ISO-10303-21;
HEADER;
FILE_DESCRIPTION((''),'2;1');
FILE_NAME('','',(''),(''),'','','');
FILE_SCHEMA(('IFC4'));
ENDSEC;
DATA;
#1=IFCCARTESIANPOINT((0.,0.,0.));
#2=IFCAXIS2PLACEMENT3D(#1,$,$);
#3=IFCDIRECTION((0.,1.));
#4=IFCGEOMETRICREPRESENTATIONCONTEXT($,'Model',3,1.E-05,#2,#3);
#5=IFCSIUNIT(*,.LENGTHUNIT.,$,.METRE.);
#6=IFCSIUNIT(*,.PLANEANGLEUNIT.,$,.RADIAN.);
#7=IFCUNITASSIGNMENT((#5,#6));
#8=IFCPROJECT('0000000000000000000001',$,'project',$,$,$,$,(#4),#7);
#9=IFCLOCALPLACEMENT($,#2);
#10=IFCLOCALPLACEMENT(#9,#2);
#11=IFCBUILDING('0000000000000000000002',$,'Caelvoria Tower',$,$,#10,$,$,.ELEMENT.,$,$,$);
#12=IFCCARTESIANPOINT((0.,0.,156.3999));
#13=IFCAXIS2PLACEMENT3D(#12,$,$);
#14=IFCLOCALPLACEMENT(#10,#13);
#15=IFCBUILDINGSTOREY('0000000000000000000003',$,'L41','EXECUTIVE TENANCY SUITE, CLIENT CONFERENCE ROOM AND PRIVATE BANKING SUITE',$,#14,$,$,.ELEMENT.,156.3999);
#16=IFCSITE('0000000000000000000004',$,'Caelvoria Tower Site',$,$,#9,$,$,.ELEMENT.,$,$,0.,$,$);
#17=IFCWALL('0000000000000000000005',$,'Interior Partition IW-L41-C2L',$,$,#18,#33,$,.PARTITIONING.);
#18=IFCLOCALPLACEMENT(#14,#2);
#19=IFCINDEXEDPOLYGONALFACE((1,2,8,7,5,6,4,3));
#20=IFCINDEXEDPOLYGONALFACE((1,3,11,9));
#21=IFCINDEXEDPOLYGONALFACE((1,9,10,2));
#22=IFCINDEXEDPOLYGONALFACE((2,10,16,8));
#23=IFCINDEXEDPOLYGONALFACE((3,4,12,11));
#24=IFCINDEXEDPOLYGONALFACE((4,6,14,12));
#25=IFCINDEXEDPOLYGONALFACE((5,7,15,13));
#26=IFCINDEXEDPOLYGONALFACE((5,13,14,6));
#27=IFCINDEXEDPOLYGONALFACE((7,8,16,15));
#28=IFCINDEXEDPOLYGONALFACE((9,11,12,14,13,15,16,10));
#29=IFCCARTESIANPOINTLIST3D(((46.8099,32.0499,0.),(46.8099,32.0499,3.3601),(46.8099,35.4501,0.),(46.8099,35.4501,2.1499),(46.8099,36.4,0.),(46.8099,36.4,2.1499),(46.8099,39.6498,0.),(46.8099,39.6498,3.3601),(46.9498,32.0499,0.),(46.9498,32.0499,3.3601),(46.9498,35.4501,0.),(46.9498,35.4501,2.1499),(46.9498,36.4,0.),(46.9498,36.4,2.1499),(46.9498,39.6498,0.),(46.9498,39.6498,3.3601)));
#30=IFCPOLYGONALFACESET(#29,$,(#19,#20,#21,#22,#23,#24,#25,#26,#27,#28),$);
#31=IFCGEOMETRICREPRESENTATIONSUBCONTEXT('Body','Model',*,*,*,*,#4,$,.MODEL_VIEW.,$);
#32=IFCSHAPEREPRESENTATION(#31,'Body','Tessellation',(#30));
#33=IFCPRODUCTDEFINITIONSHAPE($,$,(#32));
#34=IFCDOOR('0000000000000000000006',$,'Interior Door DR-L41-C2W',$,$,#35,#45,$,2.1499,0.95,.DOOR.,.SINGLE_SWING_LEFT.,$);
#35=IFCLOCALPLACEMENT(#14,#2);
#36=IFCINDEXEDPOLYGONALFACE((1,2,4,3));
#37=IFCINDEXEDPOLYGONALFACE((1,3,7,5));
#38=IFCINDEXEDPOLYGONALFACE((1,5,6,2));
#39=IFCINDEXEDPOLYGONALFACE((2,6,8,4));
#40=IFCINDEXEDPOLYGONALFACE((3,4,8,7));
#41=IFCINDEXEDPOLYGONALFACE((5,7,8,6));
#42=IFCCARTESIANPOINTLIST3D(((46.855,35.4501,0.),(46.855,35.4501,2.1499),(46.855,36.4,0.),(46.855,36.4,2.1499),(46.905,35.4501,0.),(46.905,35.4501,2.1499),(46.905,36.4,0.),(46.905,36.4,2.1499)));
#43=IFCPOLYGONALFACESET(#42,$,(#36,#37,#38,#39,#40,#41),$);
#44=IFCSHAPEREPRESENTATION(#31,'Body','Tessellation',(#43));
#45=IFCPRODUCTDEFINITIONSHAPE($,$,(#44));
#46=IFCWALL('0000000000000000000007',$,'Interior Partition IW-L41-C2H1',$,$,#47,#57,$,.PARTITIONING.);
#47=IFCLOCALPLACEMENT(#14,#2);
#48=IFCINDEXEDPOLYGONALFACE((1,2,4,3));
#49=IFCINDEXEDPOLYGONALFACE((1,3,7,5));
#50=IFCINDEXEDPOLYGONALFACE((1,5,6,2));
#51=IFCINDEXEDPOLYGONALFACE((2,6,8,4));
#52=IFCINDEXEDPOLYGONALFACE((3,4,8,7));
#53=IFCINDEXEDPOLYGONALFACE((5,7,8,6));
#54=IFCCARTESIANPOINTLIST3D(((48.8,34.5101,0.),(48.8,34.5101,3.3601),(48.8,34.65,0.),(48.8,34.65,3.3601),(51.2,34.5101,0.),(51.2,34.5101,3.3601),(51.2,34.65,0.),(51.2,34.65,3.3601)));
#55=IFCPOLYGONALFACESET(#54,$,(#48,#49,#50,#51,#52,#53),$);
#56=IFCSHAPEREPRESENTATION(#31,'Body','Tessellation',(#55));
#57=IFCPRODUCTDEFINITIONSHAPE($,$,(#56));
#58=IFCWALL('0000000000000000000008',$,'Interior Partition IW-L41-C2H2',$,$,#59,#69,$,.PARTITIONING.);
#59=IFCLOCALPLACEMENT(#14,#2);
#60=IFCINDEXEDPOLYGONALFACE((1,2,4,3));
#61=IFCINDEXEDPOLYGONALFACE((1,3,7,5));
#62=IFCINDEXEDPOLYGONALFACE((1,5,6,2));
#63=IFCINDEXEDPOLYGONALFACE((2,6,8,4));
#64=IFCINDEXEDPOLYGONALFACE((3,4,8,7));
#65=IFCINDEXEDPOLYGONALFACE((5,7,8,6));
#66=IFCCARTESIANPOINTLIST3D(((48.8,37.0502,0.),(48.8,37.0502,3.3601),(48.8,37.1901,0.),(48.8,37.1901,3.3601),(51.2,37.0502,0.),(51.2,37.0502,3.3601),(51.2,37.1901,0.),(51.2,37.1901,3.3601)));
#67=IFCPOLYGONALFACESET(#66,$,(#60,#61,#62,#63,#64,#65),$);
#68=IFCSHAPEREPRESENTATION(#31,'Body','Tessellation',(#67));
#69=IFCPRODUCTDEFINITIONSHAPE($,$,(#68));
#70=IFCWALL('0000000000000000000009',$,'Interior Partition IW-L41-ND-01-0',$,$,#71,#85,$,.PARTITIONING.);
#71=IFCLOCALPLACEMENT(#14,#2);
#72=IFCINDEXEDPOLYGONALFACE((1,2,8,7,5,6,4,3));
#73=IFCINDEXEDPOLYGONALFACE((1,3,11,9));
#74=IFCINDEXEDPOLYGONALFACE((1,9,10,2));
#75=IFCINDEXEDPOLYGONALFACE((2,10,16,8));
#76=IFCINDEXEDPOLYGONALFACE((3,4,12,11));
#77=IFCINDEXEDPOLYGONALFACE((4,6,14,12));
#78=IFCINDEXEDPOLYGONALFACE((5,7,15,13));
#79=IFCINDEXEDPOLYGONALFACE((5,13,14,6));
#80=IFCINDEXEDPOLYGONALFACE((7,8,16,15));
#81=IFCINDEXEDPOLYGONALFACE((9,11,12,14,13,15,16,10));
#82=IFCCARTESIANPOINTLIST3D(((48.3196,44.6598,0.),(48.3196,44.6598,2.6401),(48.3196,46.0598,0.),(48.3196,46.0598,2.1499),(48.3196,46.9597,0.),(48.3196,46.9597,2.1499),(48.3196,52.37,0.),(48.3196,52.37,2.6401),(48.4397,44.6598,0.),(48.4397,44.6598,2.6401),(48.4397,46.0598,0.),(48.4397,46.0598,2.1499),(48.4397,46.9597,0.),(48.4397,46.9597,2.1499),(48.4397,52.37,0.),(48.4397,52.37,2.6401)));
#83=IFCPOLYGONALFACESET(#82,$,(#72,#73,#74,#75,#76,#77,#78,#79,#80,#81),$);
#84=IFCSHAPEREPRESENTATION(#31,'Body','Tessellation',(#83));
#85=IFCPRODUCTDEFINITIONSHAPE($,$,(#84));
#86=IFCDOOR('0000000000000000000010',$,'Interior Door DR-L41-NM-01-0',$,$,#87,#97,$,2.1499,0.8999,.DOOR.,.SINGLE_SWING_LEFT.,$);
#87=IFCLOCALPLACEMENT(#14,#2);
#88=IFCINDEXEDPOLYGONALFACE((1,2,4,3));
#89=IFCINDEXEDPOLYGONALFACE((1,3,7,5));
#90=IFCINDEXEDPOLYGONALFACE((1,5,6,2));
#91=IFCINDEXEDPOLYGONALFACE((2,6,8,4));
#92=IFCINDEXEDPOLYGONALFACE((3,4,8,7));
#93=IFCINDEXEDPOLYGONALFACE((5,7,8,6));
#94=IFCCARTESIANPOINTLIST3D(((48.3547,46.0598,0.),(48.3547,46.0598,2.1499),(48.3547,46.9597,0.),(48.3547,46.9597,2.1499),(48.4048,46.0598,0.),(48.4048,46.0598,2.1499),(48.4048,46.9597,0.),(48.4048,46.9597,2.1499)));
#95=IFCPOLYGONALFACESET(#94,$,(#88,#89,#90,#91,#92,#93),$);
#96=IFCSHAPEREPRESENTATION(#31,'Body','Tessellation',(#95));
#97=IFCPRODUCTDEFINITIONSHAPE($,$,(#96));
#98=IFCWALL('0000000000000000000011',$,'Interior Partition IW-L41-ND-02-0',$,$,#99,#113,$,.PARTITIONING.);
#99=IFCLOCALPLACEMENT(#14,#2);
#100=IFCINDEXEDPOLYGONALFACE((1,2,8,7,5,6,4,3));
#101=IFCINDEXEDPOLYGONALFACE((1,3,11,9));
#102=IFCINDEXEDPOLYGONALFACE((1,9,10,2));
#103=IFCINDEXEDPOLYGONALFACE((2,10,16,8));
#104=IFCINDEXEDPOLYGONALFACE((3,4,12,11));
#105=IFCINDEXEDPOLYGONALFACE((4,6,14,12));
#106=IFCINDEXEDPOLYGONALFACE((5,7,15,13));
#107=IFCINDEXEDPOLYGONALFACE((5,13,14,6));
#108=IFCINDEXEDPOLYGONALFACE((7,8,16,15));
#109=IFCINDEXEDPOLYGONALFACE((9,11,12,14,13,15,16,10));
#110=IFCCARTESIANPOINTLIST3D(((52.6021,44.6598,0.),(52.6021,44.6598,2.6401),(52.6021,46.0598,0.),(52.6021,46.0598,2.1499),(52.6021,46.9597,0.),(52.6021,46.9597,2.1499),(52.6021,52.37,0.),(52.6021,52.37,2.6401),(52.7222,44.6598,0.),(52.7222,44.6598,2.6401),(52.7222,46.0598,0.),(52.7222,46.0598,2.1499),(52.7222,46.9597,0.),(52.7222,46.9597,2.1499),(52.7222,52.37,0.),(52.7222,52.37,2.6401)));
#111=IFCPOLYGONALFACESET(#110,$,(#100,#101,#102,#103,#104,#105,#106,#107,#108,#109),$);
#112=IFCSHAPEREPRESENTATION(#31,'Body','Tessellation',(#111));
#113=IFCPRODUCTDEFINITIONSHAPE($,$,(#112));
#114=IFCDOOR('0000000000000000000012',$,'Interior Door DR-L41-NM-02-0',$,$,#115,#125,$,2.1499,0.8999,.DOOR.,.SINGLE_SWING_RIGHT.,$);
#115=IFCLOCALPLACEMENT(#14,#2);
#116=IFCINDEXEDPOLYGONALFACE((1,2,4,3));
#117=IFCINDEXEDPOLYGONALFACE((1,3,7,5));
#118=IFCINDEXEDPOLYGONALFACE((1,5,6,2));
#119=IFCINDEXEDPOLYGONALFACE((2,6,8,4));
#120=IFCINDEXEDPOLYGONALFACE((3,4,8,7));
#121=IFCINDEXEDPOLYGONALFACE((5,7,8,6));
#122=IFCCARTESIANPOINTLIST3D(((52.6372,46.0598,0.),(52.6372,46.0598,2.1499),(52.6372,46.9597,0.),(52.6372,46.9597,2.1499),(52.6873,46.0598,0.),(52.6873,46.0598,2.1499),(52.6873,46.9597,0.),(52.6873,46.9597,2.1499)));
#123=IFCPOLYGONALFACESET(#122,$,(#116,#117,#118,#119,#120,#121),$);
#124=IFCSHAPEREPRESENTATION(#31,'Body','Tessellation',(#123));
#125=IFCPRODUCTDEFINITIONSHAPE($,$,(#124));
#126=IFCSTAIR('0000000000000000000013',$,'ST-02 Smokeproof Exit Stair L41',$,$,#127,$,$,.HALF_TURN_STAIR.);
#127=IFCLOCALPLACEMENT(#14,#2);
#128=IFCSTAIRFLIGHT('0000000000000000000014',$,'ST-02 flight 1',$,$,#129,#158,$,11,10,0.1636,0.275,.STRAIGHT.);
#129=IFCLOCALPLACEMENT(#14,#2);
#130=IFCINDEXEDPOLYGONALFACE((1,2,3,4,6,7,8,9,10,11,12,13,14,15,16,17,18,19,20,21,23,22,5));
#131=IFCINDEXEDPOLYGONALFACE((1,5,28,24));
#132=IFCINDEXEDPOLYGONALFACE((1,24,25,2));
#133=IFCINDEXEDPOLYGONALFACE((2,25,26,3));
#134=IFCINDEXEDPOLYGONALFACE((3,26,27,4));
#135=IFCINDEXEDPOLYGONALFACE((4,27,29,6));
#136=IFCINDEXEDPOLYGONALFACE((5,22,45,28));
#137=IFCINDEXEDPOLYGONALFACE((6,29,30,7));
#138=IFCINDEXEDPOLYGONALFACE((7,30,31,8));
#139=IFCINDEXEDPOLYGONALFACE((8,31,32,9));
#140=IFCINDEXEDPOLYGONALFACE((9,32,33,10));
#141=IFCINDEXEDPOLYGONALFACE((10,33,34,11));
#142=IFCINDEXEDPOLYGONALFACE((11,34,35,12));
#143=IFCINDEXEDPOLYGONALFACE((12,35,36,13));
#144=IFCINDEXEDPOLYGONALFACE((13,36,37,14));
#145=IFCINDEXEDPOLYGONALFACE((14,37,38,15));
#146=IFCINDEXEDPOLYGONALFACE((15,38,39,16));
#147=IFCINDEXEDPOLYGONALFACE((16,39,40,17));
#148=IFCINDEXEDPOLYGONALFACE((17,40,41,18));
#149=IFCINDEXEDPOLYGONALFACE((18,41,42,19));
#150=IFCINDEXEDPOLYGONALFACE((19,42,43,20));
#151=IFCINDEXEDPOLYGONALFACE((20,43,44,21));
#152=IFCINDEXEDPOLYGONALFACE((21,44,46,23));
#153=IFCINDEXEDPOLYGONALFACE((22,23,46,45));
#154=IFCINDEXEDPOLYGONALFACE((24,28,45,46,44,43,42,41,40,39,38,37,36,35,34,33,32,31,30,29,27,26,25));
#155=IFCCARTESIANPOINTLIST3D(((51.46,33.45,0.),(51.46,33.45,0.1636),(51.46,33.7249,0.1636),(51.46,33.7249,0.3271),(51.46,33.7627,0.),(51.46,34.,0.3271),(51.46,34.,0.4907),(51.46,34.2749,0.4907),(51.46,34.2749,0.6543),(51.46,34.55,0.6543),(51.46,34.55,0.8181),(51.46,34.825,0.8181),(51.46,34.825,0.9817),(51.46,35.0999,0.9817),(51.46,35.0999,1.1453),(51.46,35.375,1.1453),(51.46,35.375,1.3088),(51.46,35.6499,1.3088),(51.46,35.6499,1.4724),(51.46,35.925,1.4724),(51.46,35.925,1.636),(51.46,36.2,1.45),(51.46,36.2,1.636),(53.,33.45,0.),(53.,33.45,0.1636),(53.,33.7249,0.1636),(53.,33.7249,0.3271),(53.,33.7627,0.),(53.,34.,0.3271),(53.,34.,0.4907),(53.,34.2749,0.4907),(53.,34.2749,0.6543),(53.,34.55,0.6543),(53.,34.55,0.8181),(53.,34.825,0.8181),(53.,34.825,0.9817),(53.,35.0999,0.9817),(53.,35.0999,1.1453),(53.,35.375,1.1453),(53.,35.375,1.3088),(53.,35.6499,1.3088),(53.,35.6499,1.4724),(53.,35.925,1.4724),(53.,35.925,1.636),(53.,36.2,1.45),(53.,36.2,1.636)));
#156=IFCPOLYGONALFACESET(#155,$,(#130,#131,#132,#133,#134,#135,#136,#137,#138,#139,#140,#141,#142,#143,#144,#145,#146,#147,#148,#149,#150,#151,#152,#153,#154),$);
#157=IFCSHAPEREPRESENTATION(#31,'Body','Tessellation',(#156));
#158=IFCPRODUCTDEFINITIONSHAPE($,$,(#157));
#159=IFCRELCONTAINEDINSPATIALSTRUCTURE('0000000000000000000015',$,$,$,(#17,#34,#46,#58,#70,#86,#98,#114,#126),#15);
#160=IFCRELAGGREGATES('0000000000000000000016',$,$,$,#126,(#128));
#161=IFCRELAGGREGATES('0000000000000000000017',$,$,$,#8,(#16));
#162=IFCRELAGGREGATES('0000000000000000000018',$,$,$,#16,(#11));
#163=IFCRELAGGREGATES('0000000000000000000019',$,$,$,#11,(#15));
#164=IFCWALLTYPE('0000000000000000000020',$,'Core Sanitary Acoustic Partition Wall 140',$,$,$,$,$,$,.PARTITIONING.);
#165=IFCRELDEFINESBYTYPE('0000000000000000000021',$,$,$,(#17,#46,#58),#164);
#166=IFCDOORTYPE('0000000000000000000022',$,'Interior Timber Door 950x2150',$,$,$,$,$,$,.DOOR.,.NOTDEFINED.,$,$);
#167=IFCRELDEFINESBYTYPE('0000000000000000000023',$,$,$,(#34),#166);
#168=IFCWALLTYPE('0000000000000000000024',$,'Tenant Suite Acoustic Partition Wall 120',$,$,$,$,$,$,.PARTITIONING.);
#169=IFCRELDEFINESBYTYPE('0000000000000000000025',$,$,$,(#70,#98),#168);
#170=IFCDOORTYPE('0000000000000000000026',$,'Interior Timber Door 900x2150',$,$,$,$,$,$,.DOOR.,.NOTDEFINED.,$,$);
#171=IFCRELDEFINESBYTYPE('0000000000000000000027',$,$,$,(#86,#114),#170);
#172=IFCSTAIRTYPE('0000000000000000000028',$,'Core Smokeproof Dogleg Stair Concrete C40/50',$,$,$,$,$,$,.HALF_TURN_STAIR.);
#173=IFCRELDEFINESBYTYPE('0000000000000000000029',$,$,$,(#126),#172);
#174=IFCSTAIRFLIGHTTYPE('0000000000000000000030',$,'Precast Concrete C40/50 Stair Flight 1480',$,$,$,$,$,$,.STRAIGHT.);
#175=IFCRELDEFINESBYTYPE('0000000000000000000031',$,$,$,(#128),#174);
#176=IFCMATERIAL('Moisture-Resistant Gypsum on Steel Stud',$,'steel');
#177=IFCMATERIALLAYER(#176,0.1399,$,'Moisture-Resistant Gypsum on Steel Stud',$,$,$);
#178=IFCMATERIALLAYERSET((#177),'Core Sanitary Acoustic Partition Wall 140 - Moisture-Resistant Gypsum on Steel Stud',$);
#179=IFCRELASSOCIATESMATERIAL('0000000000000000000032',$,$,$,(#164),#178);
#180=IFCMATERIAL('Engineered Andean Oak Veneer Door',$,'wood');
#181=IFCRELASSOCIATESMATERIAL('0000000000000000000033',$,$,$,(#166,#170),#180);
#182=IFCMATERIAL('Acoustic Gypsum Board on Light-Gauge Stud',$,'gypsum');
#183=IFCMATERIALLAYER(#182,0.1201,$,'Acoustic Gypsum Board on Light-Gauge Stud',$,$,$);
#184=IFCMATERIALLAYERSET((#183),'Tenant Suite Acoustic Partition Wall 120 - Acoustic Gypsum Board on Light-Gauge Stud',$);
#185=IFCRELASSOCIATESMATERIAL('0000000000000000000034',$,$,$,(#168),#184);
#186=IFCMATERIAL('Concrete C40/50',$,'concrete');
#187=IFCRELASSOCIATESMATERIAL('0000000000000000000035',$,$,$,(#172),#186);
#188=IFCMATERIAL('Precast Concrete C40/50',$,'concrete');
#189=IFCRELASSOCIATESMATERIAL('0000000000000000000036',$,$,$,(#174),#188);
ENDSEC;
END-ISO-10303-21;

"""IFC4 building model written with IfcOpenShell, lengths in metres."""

from ifc_helpers import new_model, si_unit, direction, frame, frame_2d, origin, place, context, subcontext, project, spatial, polyline, rectangle, outline, extrude, material, layer, layer_set, type_object, element, fill, aggregate, save


model = new_model("IFC4")

# Units and contexts
model_context = context("Model", 3, precision=1e-05, world=origin(), true_north=direction((0.0, 1.0)))
body_context = subcontext(model_context, "Body", "Model", "MODEL_VIEW")
ifc_project = project(units=[si_unit("LENGTHUNIT", "METRE"), si_unit("PLANEANGLEUNIT", "RADIAN")], contexts=[model_context])

# Site, building, storey
site_placement = place(None, origin())
site = spatial("IfcSite", under=ifc_project, at=site_placement, Name="Caelvoria Tower Site", CompositionType="ELEMENT", RefElevation=0.0)
building_placement = place(site_placement, origin())
building = spatial("IfcBuilding", under=site, at=building_placement, Name="Caelvoria Tower", CompositionType="ELEMENT")
storey_placement = place(building_placement, frame((0.0, 0.0, 156.3999)))
storey = spatial("IfcBuildingStorey", under=building, at=storey_placement, Name="L41", Description="EXECUTIVE TENANCY SUITE, CLIENT CONFERENCE ROOM AND PRIVATE BANKING SUITE", CompositionType="ELEMENT", Elevation=156.3999)

# Wall, opening, door
ifc_material_1 = material(Name="Moisture-Resistant Gypsum on Steel Stud", Category="steel")
ifc_layer_1 = layer(ifc_material_1, 0.1399, Name="Moisture-Resistant Gypsum on Steel Stud")
ifc_layer_set_1 = layer_set([ifc_layer_1], Name="Core Sanitary Acoustic Partition Wall 140 - Moisture-Resistant Gypsum on Steel Stud")
wall_type_1 = type_object("IfcWallType", Name="Core Sanitary Acoustic Partition Wall 140", PredefinedType="PARTITIONING", material=ifc_layer_set_1)
wall_1_placement = place(storey_placement, frame((46.8799, 32.05, 0.0), z_axis=(0.0, 0.0, 1.0), x_axis=(0.0, 1.0, 0.0)))
wall_1 = element("IfcWall", 1, at=wall_1_placement, inside=storey, type_object=wall_type_1, Name="Interior Partition IW-L41-C2L", PredefinedType="PARTITIONING", context=body_context, shape_type="SweptSolid", body=[
    extrude(rectangle(XDim=7.5999, YDim=0.1399, at=frame_2d((3.7998, 0.0))), origin(), (0.0, 0.0, 1.0), 3.3601),
])
opening_1_placement = place(wall_1_placement, frame((3.3999, 0.0, 0.0)))
opening_1 = element("IfcOpeningElement", 2, at=opening_1_placement, cuts=wall_1, PredefinedType="OPENING", context=body_context, shape_type="SweptSolid", body=[
    extrude(rectangle(XDim=0.95, YDim=2.1499, at=frame_2d((0.4751, 1.075))), frame((0.0, 0.0798, 0.0), z_axis=(0.0, -1.0, 0.0), x_axis=(1.0, 0.0, 0.0)), (0.0, 0.0, 1.0), 0.1599),
])
ifc_material_2 = material(Name="Engineered Andean Oak Veneer Door", Category="wood")
door_type_1 = type_object("IfcDoorType", Name="Interior Timber Door 950x2150", OperationType="NOTDEFINED", PredefinedType="DOOR", material=ifc_material_2)
door_1_placement = place(opening_1_placement, origin())
door_1 = element("IfcDoor", 3, at=door_1_placement, inside=storey, type_object=door_type_1, Name="Interior Door DR-L41-C2W", OperationType="SINGLE_SWING_LEFT", OverallHeight=2.1499, OverallWidth=0.95, PredefinedType="DOOR", context=body_context, shape_type="SweptSolid", body=[
    extrude(rectangle(XDim=0.95, YDim=2.1499, at=frame_2d((0.4751, 1.075))), frame((0.0, 0.0249, 0.0), z_axis=(0.0, -1.0, 0.0), x_axis=(1.0, 0.0, 0.0)), (0.0, 0.0, 1.0), 0.05),
])
fill(opening_1, door_1)

# Shared definitions
door_type_2 = type_object("IfcDoorType", Name="Interior Timber Door 900x2150", OperationType="NOTDEFINED", PredefinedType="DOOR", material=ifc_material_2)

# Walls
for number, where, z_axis, x_axis, name in (
    (4, (48.8, 34.5801, 0.0), (0.0, 0.0, 1.0), (1.0, 0.0, 0.0), "Interior Partition IW-L41-C2H1"),
    (5, (48.8, 37.1201, 0.0), (0.0, 0.0, 1.0), (1.0, 0.0, 0.0), "Interior Partition IW-L41-C2H2"),
):
    element("IfcWall", number, at=place(storey_placement, frame(where, z_axis=z_axis, x_axis=x_axis)), inside=storey, type_object=wall_type_1, Name=name, PredefinedType="PARTITIONING", context=body_context, shape_type="SweptSolid", body=[
        extrude(rectangle(XDim=2.3999, YDim=0.1399, at=frame_2d((1.2, 0.0))), origin(), (0.0, 0.0, 1.0), 3.3601),
    ])

# Walls, openings, doors
ifc_material_3 = material(Name="Acoustic Gypsum Board on Light-Gauge Stud", Category="gypsum")
ifc_layer_2 = layer(ifc_material_3, 0.1201, Name="Acoustic Gypsum Board on Light-Gauge Stud")
ifc_layer_set_2 = layer_set([ifc_layer_2], Name="Tenant Suite Acoustic Partition Wall 120 - Acoustic Gypsum Board on Light-Gauge Stud")
wall_type_2 = type_object("IfcWallType", Name="Tenant Suite Acoustic Partition Wall 120", PredefinedType="PARTITIONING", material=ifc_layer_set_2)
wall_2_placement = place(storey_placement, frame((48.3796, 44.6599, 0.0), z_axis=(0.0, 0.0, 1.0), x_axis=(0.0, 1.0, 0.0)))
wall_2 = element("IfcWall", 6, at=wall_2_placement, inside=storey, type_object=wall_type_2, Name="Interior Partition IW-L41-ND-01-0", PredefinedType="PARTITIONING", context=body_context, shape_type="SweptSolid", body=[
    extrude(rectangle(XDim=7.7102, YDim=0.1201, at=frame_2d((3.855, 0.0))), origin(), (0.0, 0.0, 1.0), 2.6401),
])
opening_2_placement = place(wall_2_placement, frame((1.3999, 0.0, 0.0)))
opening_2 = element("IfcOpeningElement", 7, at=opening_2_placement, cuts=wall_2, PredefinedType="OPENING", context=body_context, shape_type="SweptSolid", body=[
    extrude(rectangle(XDim=0.8999, YDim=2.1499, at=frame_2d((0.45, 1.075))), frame((0.0, 0.0701, 0.0), z_axis=(0.0, -1.0, 0.0), x_axis=(1.0, 0.0, 0.0)), (0.0, 0.0, 1.0), 0.1401),
])
door_2_placement = place(opening_2_placement, origin())
door_2 = element("IfcDoor", 8, at=door_2_placement, inside=storey, type_object=door_type_2, Name="Interior Door DR-L41-NM-01-0", OperationType="SINGLE_SWING_LEFT", OverallHeight=2.1499, OverallWidth=0.8999, PredefinedType="DOOR", context=body_context, shape_type="SweptSolid", body=[
    extrude(rectangle(XDim=0.8999, YDim=2.1499, at=frame_2d((0.45, 1.075))), frame((0.0, 0.0249, 0.0), z_axis=(0.0, -1.0, 0.0), x_axis=(1.0, 0.0, 0.0)), (0.0, 0.0, 1.0), 0.05),
])
fill(opening_2, door_2)
wall_3_placement = place(storey_placement, frame((52.6621, 44.6599, 0.0), z_axis=(0.0, 0.0, 1.0), x_axis=(0.0, 1.0, 0.0)))
wall_3 = element("IfcWall", 9, at=wall_3_placement, inside=storey, type_object=wall_type_2, Name="Interior Partition IW-L41-ND-02-0", PredefinedType="PARTITIONING", context=body_context, shape_type="SweptSolid", body=[
    extrude(rectangle(XDim=7.7102, YDim=0.1201, at=frame_2d((3.855, 0.0))), origin(), (0.0, 0.0, 1.0), 2.6401),
])
opening_3_placement = place(wall_3_placement, frame((1.3999, 0.0, 0.0)))
opening_3 = element("IfcOpeningElement", 10, at=opening_3_placement, cuts=wall_3, PredefinedType="OPENING", context=body_context, shape_type="SweptSolid", body=[
    extrude(rectangle(XDim=0.8999, YDim=2.1499, at=frame_2d((0.45, 1.075))), frame((0.0, 0.0701, 0.0), z_axis=(0.0, -1.0, 0.0), x_axis=(1.0, 0.0, 0.0)), (0.0, 0.0, 1.0), 0.1401),
])
door_3_placement = place(opening_3_placement, origin())
door_3 = element("IfcDoor", 11, at=door_3_placement, inside=storey, type_object=door_type_2, Name="Interior Door DR-L41-NM-02-0", OperationType="SINGLE_SWING_RIGHT", OverallHeight=2.1499, OverallWidth=0.8999, PredefinedType="DOOR", context=body_context, shape_type="SweptSolid", body=[
    extrude(rectangle(XDim=0.8999, YDim=2.1499, at=frame_2d((0.45, 1.075))), frame((0.0, 0.0249, 0.0), z_axis=(0.0, -1.0, 0.0), x_axis=(1.0, 0.0, 0.0)), (0.0, 0.0, 1.0), 0.05),
])
fill(opening_3, door_3)

# Stair, stair flight
ifc_material_4 = material(Name="Concrete C40/50", Category="concrete")
stair_type = type_object("IfcStairType", Name="Core Smokeproof Dogleg Stair Concrete C40/50", PredefinedType="HALF_TURN_STAIR", material=ifc_material_4)
stair_placement = place(storey_placement, origin())
stair = element("IfcStair", 12, at=stair_placement, inside=storey, type_object=stair_type, Name="ST-02 Smokeproof Exit Stair L41", PredefinedType="HALF_TURN_STAIR")
ifc_material_5 = material(Name="Precast Concrete C40/50", Category="concrete")
stair_flight_type = type_object("IfcStairFlightType", Name="Precast Concrete C40/50 Stair Flight 1480", PredefinedType="STRAIGHT", material=ifc_material_5)
stair_flight_1_placement = place(storey_placement, frame((52.23, 33.45, 0.0), z_axis=(0.0, 0.0, 1.0), x_axis=(0.0, 1.0, 0.0)))
stair_flight_1 = element("IfcStairFlight", 13, at=stair_flight_1_placement, type_object=stair_flight_type, Name="ST-02 flight 1", NumberOfRisers=11, NumberOfTreads=10, PredefinedType="STRAIGHT", RiserHeight=0.1636, TreadLength=0.275, context=body_context, shape_type="SweptSolid", body=[
    extrude(outline(polyline([(0.0, 0.0), (0.0, 0.1636), (0.2749, 0.1636), (0.2749, 0.3271), (0.55, 0.3271), (0.55, 0.4907), (0.825, 0.4907), (0.825, 0.6543), (1.1001, 0.6543), (1.1001, 0.8181), (1.375, 0.8181), (1.375, 0.9817), (1.6499, 0.9817), (1.6499, 1.1453), (1.925, 1.1453), (1.925, 1.3088), (2.2, 1.3088), (2.2, 1.4724), (2.4751, 1.4724), (2.4751, 1.636), (2.75, 1.636), (2.75, 1.7996), (2.75, 1.45), (0.3127, 0.0), (0.0, 0.0)])), frame((0.0, 0.77, 0.0), z_axis=(0.0, -1.0, 0.0), x_axis=(1.0, 0.0, 0.0)), (0.0, 0.0, 1.0), 1.54),
])
aggregate(stair, [stair_flight_1])

save(model, "model.ifc")
